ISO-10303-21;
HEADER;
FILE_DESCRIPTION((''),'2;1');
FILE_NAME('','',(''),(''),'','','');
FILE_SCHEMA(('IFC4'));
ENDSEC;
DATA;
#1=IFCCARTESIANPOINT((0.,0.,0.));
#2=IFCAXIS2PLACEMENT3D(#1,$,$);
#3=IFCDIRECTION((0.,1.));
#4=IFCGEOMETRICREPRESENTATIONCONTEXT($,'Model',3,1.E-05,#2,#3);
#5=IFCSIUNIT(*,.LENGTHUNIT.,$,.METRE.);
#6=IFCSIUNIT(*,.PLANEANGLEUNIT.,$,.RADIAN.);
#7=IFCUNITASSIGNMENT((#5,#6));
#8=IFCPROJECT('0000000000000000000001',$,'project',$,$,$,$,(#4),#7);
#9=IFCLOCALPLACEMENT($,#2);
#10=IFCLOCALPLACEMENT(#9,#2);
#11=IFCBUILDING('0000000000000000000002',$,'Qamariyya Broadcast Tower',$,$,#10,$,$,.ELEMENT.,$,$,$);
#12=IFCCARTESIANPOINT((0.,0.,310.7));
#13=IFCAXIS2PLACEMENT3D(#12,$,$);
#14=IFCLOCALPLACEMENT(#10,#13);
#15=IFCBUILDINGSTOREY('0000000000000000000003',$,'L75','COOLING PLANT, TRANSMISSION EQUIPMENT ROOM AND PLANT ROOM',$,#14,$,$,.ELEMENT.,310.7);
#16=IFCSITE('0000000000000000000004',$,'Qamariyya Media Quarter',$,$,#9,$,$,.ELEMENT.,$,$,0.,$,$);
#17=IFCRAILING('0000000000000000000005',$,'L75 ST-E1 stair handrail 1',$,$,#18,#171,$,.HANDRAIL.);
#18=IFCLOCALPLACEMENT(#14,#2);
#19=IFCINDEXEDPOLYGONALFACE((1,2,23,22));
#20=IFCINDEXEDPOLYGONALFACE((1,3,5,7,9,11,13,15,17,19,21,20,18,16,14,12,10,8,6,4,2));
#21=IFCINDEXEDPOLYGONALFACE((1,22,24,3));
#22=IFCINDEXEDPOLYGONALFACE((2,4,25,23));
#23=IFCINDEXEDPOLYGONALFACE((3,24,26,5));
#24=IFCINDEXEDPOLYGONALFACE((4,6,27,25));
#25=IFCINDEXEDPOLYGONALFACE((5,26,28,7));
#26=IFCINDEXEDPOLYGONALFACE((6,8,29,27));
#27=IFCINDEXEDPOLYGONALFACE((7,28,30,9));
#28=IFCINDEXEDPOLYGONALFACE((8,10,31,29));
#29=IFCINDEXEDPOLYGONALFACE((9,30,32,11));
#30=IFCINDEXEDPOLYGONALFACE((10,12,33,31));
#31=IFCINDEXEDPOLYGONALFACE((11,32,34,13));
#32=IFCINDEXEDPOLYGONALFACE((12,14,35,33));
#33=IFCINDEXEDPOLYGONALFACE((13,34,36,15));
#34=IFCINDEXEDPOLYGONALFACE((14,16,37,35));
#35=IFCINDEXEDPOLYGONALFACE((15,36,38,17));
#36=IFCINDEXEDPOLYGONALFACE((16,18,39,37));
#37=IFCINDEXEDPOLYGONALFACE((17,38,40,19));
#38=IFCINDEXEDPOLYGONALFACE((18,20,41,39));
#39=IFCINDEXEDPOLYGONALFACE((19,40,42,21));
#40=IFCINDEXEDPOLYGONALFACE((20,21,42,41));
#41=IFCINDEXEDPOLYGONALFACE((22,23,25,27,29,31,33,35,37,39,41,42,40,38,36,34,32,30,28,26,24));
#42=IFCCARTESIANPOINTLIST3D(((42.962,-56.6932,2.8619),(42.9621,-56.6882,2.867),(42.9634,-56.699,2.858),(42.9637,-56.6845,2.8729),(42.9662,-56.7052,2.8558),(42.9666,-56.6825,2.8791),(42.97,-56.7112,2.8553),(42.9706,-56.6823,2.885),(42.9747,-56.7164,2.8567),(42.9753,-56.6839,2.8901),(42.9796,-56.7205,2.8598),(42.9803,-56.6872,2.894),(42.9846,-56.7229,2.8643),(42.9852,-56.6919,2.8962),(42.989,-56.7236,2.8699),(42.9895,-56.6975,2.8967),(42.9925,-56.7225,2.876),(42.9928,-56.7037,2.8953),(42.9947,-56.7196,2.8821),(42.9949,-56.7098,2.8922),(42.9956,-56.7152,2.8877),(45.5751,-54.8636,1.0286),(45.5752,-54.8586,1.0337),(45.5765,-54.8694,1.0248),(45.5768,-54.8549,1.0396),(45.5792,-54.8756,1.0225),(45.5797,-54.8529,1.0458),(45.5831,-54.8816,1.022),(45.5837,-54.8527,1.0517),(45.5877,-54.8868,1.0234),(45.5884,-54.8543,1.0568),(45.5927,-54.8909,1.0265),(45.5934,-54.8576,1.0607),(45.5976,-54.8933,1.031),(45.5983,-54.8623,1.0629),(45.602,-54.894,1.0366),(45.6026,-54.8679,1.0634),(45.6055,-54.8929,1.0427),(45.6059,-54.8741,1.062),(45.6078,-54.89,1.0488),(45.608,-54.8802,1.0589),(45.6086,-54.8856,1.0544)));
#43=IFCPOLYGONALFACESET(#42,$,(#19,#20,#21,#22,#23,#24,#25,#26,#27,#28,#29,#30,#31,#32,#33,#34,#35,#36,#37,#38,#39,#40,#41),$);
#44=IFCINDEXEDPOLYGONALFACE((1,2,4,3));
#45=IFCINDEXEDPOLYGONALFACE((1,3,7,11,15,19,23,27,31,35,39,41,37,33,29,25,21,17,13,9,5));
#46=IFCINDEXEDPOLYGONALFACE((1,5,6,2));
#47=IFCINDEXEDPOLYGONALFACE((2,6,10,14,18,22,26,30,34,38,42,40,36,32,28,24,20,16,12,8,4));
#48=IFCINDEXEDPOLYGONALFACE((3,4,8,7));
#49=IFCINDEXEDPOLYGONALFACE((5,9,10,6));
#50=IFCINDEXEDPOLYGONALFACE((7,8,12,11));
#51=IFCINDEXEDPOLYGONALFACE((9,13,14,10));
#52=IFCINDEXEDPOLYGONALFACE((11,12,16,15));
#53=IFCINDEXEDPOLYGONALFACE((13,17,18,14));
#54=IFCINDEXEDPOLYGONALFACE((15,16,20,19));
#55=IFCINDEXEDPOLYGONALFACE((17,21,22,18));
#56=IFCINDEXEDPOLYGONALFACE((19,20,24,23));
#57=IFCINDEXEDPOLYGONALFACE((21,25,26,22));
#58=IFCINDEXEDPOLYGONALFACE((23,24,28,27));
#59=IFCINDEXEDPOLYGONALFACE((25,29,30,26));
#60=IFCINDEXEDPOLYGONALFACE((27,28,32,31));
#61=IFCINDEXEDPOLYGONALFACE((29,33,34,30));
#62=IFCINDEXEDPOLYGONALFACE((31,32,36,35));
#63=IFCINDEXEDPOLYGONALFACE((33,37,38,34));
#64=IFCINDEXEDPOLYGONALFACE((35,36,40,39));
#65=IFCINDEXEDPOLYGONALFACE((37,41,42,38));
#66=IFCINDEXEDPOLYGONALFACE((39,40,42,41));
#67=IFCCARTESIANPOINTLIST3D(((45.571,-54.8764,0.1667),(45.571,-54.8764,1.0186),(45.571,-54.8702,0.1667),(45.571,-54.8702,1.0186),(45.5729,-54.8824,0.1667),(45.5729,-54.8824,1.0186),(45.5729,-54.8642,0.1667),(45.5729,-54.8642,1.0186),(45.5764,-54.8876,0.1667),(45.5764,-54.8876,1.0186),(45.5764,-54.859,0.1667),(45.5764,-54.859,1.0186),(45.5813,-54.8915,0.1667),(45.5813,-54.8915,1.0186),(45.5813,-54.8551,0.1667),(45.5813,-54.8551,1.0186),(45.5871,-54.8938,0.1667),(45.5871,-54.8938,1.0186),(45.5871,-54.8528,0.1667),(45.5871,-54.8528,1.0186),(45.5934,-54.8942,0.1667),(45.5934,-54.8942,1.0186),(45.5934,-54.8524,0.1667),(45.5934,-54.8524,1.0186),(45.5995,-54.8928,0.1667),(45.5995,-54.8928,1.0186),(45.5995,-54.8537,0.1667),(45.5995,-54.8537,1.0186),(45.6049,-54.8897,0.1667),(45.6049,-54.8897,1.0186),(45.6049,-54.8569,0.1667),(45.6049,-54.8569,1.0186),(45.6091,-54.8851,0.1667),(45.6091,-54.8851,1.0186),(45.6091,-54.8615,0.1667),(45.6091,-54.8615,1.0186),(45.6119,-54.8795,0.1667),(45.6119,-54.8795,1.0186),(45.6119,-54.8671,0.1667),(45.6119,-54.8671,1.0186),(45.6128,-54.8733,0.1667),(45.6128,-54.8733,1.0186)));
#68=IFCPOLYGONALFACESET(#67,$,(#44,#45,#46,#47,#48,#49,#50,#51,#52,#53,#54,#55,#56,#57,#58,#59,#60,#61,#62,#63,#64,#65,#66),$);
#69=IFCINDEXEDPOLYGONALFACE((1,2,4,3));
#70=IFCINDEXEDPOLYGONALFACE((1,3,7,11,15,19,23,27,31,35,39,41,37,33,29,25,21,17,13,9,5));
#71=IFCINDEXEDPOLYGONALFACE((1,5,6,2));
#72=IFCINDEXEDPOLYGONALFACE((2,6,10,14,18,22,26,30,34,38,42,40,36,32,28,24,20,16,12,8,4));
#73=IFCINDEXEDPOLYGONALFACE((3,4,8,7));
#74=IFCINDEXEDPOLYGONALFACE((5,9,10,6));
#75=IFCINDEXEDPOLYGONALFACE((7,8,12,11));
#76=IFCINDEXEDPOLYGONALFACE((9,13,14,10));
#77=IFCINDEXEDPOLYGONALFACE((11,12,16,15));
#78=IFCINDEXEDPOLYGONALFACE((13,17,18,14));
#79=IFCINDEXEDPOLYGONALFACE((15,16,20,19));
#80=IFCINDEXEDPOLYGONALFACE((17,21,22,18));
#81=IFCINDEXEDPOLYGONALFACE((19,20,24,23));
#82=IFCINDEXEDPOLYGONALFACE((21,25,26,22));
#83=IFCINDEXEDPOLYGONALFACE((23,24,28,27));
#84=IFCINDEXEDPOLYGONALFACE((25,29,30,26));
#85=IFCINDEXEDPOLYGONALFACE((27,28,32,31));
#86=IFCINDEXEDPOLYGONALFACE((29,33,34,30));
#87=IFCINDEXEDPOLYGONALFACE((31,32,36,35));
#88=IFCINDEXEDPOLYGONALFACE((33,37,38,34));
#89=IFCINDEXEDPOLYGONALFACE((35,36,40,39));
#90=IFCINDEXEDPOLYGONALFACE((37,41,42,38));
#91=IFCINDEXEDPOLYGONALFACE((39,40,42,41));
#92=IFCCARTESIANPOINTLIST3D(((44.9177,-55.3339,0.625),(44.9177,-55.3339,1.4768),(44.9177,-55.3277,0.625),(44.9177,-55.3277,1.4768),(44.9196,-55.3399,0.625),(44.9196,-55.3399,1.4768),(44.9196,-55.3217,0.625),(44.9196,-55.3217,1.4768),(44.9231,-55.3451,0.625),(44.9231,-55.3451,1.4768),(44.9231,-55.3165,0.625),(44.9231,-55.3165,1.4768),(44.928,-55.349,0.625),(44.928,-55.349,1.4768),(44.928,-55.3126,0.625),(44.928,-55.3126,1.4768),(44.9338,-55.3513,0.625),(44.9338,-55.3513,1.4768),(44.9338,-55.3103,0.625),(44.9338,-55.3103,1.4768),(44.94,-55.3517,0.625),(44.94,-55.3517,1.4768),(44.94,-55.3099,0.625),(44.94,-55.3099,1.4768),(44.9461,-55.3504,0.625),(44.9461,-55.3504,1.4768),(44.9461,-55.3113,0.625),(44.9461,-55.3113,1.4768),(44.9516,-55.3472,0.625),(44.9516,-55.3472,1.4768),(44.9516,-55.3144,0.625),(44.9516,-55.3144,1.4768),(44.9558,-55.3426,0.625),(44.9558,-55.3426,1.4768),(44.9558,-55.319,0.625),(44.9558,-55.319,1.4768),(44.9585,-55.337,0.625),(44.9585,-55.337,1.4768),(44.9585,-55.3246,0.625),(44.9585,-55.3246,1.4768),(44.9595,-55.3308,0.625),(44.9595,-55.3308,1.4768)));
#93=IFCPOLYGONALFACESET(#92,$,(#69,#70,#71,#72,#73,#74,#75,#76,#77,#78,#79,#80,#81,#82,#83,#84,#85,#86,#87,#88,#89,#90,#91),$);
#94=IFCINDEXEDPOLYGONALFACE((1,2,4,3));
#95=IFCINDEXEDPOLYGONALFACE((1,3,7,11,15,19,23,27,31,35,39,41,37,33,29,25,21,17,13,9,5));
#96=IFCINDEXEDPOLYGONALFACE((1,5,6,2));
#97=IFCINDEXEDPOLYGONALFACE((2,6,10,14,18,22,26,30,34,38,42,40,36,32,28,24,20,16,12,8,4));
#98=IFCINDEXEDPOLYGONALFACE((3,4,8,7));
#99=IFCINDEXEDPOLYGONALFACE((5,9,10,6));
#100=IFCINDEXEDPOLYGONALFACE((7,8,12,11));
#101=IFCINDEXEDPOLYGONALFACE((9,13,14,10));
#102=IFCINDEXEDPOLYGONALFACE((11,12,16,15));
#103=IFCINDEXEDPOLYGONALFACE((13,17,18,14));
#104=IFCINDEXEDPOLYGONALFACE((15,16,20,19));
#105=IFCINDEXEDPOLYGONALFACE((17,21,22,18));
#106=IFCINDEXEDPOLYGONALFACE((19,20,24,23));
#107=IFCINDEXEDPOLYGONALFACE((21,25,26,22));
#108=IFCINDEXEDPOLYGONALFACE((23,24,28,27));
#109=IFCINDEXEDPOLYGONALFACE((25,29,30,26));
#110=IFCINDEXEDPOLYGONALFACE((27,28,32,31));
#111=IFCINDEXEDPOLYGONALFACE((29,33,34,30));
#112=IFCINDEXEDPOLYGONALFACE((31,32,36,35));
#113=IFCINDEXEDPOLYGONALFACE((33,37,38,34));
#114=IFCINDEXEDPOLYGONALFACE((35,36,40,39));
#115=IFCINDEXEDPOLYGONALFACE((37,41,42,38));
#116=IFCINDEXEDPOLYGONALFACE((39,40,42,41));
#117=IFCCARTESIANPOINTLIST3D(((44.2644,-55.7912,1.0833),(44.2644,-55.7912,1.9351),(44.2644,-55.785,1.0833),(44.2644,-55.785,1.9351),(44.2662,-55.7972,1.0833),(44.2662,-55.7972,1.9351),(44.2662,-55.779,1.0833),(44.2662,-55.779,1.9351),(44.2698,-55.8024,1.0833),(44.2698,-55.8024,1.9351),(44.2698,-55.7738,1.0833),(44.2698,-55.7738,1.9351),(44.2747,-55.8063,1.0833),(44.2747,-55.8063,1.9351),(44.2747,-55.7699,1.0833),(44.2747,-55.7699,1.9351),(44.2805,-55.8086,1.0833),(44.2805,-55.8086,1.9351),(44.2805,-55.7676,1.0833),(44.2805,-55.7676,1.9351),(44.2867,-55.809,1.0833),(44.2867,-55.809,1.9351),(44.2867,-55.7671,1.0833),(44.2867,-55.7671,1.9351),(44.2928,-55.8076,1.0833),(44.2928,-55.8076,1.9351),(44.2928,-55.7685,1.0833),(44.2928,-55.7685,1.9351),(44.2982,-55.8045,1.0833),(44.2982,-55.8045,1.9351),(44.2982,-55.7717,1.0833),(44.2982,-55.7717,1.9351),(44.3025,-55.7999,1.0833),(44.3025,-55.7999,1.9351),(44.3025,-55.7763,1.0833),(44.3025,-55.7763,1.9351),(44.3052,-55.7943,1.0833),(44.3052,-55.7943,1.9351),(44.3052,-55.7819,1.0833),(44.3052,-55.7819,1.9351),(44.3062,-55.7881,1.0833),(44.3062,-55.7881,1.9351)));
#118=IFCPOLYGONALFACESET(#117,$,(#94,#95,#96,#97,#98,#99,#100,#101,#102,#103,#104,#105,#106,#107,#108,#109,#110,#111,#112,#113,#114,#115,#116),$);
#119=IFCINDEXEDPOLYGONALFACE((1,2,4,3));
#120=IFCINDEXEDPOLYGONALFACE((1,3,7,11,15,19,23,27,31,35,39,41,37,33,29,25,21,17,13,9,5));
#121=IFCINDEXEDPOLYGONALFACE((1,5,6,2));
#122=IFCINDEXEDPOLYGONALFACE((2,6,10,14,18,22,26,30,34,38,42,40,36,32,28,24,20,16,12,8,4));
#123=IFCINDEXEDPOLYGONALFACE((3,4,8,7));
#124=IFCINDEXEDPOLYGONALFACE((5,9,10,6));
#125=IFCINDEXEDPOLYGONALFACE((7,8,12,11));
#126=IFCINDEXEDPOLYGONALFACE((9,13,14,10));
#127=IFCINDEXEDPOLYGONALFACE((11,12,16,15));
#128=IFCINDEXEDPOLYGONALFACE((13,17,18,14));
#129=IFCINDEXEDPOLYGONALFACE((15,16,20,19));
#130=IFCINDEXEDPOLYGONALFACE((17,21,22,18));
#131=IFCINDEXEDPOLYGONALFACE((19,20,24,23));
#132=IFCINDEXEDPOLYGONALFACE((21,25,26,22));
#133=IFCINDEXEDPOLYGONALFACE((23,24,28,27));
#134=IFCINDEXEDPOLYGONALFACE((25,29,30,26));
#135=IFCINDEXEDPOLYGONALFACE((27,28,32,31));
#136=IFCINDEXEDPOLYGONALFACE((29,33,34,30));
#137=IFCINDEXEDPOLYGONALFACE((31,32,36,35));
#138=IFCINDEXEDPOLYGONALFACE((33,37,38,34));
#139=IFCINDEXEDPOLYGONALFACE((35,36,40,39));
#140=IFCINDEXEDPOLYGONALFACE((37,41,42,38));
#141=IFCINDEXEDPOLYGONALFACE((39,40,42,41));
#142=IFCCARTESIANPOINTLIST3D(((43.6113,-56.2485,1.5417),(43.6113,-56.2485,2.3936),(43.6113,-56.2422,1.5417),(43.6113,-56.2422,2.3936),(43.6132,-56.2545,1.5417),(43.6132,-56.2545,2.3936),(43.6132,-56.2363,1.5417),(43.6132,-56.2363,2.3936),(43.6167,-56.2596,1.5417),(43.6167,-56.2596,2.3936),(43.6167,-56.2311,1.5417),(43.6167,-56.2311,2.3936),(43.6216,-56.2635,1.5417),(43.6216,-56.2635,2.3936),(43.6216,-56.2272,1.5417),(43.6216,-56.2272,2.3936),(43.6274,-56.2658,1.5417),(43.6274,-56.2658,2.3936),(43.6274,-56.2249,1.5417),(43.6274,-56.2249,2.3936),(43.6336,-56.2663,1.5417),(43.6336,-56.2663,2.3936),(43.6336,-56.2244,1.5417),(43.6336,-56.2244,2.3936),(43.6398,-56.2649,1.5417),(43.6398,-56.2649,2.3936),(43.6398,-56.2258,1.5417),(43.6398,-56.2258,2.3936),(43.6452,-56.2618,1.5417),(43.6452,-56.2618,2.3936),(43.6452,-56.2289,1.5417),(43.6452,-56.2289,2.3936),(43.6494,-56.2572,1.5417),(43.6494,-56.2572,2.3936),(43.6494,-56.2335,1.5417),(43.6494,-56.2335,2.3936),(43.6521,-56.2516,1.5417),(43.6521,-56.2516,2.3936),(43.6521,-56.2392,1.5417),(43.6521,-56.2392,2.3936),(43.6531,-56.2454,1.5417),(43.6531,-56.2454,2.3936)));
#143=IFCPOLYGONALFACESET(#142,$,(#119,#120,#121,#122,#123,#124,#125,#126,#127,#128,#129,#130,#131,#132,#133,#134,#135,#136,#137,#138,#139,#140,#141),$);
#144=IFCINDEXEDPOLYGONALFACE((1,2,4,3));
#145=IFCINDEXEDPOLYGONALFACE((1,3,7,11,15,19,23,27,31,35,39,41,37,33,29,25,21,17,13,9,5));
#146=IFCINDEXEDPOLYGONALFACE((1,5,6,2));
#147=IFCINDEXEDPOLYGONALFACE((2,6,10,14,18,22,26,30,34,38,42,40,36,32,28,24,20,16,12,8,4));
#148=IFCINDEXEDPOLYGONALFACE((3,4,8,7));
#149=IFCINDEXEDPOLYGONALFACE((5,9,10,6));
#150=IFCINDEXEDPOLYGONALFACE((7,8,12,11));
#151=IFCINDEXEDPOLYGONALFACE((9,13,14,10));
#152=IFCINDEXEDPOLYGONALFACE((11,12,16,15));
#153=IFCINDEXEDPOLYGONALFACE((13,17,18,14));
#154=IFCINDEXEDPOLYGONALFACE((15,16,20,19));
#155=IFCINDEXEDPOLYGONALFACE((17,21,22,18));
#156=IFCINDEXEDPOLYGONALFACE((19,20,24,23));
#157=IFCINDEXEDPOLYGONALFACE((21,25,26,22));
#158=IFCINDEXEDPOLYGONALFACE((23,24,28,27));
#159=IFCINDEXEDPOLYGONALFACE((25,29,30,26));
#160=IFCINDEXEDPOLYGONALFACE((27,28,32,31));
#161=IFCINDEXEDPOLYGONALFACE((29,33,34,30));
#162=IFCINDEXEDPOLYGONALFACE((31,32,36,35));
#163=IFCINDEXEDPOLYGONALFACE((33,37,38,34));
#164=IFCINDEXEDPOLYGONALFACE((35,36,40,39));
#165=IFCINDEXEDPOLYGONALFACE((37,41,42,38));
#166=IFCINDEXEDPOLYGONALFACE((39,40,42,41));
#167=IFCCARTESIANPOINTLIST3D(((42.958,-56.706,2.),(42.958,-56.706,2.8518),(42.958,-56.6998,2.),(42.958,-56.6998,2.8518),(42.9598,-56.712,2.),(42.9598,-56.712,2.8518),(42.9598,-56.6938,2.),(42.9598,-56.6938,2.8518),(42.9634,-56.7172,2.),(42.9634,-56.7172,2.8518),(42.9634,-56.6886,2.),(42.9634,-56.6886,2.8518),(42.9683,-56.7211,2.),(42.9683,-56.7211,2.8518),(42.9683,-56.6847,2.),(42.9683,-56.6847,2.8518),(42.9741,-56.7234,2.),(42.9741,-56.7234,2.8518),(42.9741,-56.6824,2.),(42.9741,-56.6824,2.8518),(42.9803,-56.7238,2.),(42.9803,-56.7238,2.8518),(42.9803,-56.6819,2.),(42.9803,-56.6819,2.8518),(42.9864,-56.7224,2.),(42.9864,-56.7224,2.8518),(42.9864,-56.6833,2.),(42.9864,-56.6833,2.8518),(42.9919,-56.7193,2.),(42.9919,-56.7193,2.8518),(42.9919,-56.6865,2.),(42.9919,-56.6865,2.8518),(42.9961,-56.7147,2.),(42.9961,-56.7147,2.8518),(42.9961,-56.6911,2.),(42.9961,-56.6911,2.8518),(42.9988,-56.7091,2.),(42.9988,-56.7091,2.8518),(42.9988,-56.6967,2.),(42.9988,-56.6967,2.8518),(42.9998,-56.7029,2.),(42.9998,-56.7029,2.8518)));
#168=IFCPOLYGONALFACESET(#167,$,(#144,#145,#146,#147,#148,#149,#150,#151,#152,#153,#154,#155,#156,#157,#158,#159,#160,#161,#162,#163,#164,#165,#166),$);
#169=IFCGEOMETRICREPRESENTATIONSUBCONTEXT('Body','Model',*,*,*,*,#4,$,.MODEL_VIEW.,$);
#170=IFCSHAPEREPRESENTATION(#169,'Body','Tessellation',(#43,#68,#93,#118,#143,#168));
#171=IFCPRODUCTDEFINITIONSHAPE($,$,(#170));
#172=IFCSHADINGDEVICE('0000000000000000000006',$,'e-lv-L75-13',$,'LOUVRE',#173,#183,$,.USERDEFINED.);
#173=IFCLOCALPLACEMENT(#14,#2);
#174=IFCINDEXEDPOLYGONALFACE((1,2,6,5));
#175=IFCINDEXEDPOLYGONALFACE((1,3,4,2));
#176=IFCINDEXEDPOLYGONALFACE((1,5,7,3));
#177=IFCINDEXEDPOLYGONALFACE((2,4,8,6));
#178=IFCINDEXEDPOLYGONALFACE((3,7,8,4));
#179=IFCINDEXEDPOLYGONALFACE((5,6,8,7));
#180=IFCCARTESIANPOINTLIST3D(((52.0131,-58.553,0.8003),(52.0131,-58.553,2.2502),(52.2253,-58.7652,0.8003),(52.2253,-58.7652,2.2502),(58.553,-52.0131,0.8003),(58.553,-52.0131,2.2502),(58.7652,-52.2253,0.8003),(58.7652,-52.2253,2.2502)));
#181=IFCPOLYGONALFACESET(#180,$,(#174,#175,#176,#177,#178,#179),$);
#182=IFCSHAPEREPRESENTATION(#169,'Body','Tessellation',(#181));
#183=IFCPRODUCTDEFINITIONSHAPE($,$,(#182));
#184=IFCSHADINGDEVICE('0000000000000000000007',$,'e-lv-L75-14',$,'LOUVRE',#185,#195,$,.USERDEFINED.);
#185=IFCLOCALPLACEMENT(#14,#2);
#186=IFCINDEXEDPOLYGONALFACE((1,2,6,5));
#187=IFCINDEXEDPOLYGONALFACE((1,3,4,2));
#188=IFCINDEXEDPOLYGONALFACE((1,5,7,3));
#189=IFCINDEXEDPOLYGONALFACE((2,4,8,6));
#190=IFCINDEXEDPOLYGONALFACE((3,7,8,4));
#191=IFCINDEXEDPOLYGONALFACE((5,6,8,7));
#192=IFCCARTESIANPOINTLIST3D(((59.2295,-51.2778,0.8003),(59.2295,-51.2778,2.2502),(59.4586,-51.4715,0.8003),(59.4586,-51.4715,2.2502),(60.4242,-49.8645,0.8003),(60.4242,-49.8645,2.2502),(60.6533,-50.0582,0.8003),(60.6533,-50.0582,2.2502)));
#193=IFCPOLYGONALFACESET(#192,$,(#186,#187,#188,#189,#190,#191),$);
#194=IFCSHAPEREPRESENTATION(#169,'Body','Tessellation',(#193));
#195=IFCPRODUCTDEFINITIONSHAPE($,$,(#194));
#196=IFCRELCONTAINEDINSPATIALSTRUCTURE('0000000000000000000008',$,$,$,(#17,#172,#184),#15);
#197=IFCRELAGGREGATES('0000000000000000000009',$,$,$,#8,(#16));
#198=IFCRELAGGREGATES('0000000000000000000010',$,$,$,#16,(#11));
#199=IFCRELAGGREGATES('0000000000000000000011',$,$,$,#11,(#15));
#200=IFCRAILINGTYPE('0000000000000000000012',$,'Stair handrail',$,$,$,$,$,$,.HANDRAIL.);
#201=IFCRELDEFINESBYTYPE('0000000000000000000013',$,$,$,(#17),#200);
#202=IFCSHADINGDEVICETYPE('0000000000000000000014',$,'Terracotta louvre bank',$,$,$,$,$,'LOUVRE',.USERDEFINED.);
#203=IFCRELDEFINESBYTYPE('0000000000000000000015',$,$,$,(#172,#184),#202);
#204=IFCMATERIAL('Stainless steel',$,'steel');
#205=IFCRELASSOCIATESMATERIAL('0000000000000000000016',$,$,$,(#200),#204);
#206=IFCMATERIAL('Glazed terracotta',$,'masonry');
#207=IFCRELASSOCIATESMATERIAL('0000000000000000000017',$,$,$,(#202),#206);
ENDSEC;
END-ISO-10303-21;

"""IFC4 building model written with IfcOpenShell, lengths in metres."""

from ifc_helpers import new_model, si_unit, direction, frame, origin, origin_2d, place, context, subcontext, project, spatial, rectangle, circle, extrude, material, type_object, element, save


model = new_model("IFC4")

# Units and contexts
model_context = context("Model", 3, precision=1e-05, world=origin(), true_north=direction((0.0, 1.0)))
body_context = subcontext(model_context, "Body", "Model", "MODEL_VIEW")
ifc_project = project(units=[si_unit("LENGTHUNIT", "METRE"), si_unit("PLANEANGLEUNIT", "RADIAN")], contexts=[model_context])

# Site, building, storey
site_placement = place(None, origin())
site = spatial("IfcSite", under=ifc_project, at=site_placement, Name="Qamariyya Media Quarter", CompositionType="ELEMENT", RefElevation=0.0)
building_placement = place(site_placement, origin())
building = spatial("IfcBuilding", under=site, at=building_placement, Name="Qamariyya Broadcast Tower", CompositionType="ELEMENT")
storey_placement = place(building_placement, frame((0.0, 0.0, 310.7)))
storey = spatial("IfcBuildingStorey", under=building, at=storey_placement, Name="L75", Description="COOLING PLANT, TRANSMISSION EQUIPMENT ROOM AND PLANT ROOM", CompositionType="ELEMENT", Elevation=310.7)

# Railing
ifc_material_1 = material(Name="Stainless steel", Category="steel")
railing_type_1 = type_object("IfcRailingType", Name="Stair handrail", PredefinedType="HANDRAIL", material=ifc_material_1)
railing_1_placement = place(storey_placement, frame((45.5918, -54.8733, 0.1667)))
element("IfcRailing", 1, at=railing_1_placement, inside=storey, type_object=railing_type_1, Name="L75 ST-E1 stair handrail 1", PredefinedType="HANDRAIL", context=body_context, shape_type="SweptSolid", body=[
    extrude(circle(Radius=0.0239, at=origin_2d()), frame((0.0, 0.0, 0.876), z_axis=(-0.710228, -0.497285, 0.498281), x_axis=(0.57356, -0.819164, 0.0)), (0.0, 0.0, 1.0), 3.6792),
    extrude(circle(Radius=0.021, at=origin_2d()), origin(), (0.0, 0.0, 1.0), 0.8518),
    extrude(circle(Radius=0.021, at=origin_2d()), frame((-0.6533, -0.4575, 0.4583)), (0.0, 0.0, 1.0), 0.8518),
    extrude(circle(Radius=0.021, at=origin_2d()), frame((-1.3066, -0.9148, 0.9165)), (0.0, 0.0, 1.0), 0.8518),
    extrude(circle(Radius=0.021, at=origin_2d()), frame((-1.9597, -1.3721, 1.375)), (0.0, 0.0, 1.0), 0.8518),
    extrude(circle(Radius=0.021, at=origin_2d()), frame((-2.613, -1.8296, 1.8333)), (0.0, 0.0, 1.0), 0.8518),
])

# Shading devices
ifc_material_2 = material(Name="Glazed terracotta", Category="masonry")
shading_device_type = type_object("IfcShadingDeviceType", Name="Terracotta louvre bank", ElementType="LOUVRE", PredefinedType="USERDEFINED", material=ifc_material_2)
shading_device_1_placement = place(storey_placement, frame((55.3892, -55.3892, 0.8003), z_axis=(0.0, 0.0, 1.0), x_axis=(0.707107, 0.707107, 0.0)))
element("IfcShadingDevice", 2, at=shading_device_1_placement, inside=storey, type_object=shading_device_type, Name="e-lv-L75-13", ObjectType="LOUVRE", PredefinedType="USERDEFINED", context=body_context, shape_type="SweptSolid", body=[
    extrude(rectangle(XDim=9.2488, YDim=0.3, at=origin_2d()), origin(), (0.0, 0.0, 1.0), 1.45),
])
shading_device_2_placement = place(storey_placement, frame((59.9414, -50.668, 0.8003), z_axis=(0.0, 0.0, 1.0), x_axis=(0.64556, 0.76371, 0.0)))
element("IfcShadingDevice", 3, at=shading_device_2_placement, inside=storey, type_object=shading_device_type, Name="e-lv-L75-14", ObjectType="LOUVRE", PredefinedType="USERDEFINED", context=body_context, shape_type="SweptSolid", body=[
    extrude(rectangle(XDim=1.8506, YDim=0.3, at=origin_2d()), origin(), (0.0, 0.0, 1.0), 1.45),
])

save(model, "model.ifc")
